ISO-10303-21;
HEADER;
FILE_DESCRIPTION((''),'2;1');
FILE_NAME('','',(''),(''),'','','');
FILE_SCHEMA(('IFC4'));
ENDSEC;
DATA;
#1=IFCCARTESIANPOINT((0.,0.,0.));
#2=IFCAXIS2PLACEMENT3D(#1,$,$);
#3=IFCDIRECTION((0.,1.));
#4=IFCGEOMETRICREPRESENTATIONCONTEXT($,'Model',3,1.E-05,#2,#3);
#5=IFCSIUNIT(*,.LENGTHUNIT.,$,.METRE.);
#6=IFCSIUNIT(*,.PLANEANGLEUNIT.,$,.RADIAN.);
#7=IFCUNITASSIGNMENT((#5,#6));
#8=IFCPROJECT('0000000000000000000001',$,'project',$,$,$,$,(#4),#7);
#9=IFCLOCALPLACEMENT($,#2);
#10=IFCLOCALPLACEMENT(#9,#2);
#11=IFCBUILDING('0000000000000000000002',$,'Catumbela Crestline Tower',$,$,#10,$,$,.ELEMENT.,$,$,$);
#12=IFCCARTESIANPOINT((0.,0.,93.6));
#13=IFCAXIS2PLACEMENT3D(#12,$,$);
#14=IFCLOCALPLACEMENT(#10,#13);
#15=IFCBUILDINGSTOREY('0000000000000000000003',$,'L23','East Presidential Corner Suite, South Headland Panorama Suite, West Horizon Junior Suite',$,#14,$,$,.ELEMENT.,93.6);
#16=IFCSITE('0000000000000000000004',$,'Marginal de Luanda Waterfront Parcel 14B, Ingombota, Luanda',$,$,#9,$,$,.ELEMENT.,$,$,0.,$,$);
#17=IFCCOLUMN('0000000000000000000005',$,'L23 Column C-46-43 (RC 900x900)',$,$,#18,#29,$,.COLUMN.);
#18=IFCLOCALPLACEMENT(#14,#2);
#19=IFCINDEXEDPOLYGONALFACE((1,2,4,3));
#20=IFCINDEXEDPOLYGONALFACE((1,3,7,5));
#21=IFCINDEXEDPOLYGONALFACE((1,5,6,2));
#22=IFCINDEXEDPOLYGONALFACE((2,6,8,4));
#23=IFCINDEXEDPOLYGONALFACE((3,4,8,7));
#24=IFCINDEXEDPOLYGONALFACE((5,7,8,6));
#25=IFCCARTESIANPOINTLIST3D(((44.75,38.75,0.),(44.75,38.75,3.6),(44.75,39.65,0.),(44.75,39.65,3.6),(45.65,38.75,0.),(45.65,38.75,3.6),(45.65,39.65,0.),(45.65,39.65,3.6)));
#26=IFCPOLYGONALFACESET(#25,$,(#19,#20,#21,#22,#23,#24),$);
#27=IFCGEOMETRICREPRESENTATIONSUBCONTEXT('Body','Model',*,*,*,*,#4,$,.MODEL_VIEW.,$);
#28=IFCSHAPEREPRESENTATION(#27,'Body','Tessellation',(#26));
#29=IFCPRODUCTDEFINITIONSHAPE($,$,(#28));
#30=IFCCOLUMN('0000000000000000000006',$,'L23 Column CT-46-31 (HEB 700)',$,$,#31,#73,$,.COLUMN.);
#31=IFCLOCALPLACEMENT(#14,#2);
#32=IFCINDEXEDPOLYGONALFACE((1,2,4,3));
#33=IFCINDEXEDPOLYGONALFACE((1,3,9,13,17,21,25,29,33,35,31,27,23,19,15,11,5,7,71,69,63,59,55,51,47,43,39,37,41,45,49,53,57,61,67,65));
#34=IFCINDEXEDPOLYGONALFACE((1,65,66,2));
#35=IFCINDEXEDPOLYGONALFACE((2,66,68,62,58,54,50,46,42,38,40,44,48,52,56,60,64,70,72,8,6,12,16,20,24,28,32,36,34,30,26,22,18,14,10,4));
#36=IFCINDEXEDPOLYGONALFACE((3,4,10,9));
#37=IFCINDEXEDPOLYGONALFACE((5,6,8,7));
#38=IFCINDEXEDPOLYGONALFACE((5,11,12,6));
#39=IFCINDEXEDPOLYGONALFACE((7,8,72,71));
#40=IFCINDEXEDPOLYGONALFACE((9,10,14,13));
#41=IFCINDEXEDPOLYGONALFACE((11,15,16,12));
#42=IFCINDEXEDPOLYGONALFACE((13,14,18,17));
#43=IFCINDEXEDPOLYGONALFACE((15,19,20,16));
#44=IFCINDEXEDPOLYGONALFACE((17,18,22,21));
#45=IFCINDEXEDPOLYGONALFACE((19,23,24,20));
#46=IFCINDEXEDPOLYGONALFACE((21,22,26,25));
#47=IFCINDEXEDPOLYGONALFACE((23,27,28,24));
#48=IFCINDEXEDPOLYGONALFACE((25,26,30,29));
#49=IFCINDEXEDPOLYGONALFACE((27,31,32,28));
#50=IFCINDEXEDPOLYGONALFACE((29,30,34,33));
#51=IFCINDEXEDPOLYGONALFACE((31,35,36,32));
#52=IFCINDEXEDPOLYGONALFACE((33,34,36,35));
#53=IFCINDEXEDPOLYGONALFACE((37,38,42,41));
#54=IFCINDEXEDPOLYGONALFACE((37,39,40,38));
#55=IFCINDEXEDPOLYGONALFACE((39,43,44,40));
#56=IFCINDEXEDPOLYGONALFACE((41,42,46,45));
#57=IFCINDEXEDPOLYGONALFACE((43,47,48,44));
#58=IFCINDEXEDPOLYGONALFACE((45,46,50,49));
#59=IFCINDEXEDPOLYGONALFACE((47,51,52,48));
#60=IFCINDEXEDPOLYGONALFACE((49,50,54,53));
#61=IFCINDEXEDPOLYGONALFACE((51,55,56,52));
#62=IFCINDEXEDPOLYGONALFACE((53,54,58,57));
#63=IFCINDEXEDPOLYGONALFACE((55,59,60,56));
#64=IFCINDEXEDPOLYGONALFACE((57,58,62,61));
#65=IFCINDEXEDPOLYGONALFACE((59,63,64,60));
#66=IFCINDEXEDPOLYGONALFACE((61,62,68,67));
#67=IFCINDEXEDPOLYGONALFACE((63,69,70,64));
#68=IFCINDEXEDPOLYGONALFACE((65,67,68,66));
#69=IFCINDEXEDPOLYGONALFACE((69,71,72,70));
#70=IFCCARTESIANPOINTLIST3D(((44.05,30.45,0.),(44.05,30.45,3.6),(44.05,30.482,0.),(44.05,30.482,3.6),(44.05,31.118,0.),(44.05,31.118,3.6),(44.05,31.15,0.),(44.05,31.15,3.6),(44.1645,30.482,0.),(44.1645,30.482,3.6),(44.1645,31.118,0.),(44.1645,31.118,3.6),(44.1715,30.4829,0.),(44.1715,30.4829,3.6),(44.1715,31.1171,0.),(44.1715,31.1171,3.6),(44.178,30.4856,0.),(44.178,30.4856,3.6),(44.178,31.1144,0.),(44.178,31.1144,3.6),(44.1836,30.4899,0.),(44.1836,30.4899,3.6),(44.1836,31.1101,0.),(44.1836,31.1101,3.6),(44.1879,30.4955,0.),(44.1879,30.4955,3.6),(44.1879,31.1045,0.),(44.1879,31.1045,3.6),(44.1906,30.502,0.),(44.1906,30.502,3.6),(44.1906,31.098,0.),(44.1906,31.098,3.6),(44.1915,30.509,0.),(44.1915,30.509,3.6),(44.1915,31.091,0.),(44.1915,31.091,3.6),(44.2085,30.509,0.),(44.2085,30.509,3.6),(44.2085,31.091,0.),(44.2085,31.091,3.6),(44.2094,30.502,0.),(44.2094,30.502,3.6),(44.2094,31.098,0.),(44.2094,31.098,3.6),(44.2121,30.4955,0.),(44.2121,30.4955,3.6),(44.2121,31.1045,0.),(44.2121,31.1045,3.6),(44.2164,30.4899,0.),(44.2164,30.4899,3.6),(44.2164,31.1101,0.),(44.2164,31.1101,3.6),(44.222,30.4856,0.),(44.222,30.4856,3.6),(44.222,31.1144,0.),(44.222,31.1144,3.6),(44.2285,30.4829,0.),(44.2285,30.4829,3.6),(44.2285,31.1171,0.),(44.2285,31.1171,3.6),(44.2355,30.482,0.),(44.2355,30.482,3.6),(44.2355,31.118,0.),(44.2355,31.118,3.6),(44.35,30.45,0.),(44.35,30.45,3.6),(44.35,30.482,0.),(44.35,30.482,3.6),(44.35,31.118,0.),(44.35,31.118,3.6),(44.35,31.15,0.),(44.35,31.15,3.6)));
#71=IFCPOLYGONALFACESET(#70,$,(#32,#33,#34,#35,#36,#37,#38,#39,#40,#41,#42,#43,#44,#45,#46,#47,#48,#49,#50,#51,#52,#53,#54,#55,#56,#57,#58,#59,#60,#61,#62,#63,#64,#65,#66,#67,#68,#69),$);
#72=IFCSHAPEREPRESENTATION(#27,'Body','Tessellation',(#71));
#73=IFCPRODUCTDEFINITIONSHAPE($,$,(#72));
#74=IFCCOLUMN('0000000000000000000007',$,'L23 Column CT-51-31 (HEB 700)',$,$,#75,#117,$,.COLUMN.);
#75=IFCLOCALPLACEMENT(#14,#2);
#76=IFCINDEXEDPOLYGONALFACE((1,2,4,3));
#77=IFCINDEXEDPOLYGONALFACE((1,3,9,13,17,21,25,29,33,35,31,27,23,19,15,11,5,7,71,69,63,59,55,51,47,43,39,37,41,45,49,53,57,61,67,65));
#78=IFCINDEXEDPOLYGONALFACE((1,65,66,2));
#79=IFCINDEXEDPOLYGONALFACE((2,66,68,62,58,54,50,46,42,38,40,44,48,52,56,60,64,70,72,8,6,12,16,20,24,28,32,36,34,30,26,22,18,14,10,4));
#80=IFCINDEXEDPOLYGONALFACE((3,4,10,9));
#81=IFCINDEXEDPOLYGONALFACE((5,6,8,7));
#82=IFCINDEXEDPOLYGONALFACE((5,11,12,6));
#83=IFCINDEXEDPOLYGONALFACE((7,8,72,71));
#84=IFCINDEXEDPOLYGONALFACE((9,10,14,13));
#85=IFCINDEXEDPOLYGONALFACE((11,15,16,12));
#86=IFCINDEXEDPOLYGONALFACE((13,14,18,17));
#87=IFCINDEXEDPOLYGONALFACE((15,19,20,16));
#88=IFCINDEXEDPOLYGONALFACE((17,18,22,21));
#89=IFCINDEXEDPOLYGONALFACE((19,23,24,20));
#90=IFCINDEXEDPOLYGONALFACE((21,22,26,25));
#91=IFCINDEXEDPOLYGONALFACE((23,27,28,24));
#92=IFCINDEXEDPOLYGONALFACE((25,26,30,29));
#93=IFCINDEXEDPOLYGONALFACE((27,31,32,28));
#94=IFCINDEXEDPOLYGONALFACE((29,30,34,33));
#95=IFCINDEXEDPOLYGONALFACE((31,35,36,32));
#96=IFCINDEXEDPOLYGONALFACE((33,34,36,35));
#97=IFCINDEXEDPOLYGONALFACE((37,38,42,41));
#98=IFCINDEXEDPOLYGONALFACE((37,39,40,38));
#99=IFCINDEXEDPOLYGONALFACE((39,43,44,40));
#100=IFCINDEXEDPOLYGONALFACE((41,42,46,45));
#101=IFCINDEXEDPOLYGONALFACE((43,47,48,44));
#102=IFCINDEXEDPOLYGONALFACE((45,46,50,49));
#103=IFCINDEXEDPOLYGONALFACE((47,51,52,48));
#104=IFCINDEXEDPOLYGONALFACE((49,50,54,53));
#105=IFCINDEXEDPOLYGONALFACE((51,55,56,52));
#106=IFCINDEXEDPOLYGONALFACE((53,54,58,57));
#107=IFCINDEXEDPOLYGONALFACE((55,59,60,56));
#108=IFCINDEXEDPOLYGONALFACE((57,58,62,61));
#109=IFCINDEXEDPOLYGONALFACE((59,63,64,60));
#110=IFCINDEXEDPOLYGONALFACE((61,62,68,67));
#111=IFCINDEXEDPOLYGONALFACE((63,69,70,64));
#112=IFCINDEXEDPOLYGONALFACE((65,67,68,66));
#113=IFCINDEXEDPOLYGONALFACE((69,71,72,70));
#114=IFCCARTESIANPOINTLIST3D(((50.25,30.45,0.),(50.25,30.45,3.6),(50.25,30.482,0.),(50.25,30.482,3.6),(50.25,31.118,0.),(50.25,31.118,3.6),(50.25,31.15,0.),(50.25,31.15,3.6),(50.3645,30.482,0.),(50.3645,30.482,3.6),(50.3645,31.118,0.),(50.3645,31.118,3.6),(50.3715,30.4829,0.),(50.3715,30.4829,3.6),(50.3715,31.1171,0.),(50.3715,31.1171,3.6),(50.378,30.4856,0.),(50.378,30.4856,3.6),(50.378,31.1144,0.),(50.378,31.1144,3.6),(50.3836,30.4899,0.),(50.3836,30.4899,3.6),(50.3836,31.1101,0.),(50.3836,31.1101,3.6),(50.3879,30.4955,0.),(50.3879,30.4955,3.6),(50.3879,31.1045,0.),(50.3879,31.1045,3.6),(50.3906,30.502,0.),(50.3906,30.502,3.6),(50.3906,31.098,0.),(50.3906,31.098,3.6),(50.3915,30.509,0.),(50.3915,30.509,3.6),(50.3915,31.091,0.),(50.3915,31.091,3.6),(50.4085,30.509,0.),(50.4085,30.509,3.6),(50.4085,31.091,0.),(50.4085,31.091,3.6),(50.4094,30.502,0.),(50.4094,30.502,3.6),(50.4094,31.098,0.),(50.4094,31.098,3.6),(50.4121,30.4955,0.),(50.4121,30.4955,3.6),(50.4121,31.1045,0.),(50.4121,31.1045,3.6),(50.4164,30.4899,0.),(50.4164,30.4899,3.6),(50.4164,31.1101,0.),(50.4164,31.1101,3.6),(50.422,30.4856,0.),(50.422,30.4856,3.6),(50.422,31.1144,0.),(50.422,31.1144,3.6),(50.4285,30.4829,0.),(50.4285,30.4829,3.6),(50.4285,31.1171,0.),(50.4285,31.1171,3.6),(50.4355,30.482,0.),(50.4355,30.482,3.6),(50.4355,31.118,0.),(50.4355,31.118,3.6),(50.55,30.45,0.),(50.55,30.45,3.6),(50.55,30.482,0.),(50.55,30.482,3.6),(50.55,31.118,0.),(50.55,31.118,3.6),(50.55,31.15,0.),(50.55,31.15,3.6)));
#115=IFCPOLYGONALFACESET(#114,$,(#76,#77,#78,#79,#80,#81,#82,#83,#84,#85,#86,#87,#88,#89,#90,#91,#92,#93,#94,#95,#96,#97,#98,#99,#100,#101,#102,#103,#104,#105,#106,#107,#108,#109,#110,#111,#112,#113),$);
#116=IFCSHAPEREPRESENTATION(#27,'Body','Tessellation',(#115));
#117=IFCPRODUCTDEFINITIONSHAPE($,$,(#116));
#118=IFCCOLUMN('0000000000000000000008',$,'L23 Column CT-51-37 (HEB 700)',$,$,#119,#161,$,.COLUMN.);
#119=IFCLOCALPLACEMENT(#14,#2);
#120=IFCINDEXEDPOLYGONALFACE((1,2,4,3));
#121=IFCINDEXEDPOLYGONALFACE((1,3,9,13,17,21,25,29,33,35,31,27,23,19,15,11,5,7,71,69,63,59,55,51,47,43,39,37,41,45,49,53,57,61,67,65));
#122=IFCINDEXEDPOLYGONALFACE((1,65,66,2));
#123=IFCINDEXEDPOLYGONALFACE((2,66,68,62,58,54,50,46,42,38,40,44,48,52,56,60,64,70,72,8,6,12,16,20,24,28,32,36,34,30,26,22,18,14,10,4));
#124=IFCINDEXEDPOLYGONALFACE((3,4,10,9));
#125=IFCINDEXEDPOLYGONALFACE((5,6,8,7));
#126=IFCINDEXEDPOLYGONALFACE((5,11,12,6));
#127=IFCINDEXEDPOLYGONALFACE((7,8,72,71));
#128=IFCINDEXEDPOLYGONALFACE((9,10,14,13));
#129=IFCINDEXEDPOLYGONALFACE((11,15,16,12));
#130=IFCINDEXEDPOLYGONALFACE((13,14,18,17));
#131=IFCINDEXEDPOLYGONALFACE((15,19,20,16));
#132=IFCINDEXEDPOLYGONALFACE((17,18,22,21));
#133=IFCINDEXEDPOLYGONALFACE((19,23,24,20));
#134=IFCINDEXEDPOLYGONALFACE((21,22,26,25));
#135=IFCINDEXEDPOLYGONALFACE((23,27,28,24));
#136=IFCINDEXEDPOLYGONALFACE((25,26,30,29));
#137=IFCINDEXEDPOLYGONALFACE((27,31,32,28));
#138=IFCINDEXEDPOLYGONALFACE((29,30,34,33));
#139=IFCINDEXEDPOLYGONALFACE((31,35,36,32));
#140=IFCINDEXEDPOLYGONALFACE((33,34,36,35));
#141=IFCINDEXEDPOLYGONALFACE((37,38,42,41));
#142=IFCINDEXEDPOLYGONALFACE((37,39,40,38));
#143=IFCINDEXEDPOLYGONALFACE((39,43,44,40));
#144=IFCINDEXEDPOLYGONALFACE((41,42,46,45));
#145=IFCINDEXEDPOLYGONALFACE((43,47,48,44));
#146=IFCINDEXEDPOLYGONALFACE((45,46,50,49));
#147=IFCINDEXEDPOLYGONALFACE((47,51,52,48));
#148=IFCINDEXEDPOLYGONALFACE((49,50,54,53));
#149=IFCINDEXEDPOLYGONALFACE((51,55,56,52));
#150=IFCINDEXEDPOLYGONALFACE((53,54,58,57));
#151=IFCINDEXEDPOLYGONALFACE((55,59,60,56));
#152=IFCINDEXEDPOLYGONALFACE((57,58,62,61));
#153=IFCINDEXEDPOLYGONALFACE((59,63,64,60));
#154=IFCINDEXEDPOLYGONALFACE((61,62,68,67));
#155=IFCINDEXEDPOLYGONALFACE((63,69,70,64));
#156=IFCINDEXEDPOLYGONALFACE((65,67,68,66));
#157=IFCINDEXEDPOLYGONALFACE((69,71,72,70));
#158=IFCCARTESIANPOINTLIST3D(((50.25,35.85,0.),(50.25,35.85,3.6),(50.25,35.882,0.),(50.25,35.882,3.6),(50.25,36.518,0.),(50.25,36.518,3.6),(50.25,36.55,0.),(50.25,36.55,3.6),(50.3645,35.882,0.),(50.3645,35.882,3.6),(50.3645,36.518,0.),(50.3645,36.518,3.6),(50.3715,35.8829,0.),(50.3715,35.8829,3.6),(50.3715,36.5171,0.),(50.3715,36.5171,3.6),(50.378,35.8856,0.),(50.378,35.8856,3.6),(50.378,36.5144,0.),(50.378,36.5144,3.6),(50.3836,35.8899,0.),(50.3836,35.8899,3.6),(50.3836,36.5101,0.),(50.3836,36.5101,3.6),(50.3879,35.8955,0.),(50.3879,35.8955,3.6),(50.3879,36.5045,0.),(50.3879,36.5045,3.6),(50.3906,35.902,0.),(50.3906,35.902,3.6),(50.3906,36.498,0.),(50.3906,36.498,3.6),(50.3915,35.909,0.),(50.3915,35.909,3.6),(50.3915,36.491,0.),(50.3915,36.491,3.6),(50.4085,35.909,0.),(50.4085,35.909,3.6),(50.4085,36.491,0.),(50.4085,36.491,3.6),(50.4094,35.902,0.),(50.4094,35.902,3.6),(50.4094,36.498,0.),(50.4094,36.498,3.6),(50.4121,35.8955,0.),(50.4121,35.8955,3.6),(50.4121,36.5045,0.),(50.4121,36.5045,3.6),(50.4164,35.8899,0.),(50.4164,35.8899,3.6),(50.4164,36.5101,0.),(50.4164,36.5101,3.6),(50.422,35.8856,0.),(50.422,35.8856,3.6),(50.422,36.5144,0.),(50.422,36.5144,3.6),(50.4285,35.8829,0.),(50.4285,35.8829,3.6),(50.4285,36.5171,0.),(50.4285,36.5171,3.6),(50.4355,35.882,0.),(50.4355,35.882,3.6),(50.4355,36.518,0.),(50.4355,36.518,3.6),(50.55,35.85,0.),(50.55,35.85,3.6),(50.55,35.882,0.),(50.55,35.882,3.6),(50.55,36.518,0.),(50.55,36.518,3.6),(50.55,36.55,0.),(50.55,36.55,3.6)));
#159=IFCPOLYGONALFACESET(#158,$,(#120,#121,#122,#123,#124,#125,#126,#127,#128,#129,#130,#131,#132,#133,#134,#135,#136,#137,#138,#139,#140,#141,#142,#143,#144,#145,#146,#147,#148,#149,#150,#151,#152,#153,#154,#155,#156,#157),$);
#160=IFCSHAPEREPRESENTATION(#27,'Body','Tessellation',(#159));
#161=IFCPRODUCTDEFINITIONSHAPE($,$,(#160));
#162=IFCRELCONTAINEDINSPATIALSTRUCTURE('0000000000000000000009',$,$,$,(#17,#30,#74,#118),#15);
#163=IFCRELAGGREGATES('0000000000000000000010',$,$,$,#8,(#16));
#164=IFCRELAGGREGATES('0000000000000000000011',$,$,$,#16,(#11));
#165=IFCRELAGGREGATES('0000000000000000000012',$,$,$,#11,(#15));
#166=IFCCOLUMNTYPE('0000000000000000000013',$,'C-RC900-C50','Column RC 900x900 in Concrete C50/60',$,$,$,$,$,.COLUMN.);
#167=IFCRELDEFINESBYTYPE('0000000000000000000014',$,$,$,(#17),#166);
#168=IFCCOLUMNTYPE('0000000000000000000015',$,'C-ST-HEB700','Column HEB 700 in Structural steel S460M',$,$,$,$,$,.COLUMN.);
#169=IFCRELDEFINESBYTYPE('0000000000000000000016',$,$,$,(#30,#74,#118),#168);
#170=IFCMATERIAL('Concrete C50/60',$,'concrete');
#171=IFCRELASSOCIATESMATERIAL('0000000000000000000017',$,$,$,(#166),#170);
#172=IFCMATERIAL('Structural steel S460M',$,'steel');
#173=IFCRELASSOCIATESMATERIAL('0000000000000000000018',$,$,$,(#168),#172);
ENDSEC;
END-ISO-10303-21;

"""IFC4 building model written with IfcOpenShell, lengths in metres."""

from ifc_helpers import new_model, si_unit, direction, frame, origin, origin_2d, place, context, subcontext, project, spatial, rectangle, i_section, extrude, material, material_profile, profile_set, type_object, element, save


model = new_model("IFC4")

# Units and contexts
model_context = context("Model", 3, precision=1e-05, world=origin(), true_north=direction((0.0, 1.0)))
body_context = subcontext(model_context, "Body", "Model", "MODEL_VIEW")
ifc_project = project(units=[si_unit("LENGTHUNIT", "METRE"), si_unit("PLANEANGLEUNIT", "RADIAN")], contexts=[model_context])

# Site, building, storey
site_placement = place(None, origin())
site = spatial("IfcSite", under=ifc_project, at=site_placement, Name="Marginal de Luanda Waterfront Parcel 14B, Ingombota, Luanda", CompositionType="ELEMENT", RefElevation=0.0)
building_placement = place(site_placement, origin())
building = spatial("IfcBuilding", under=site, at=building_placement, Name="Catumbela Crestline Tower", CompositionType="ELEMENT")
storey_placement = place(building_placement, frame((0.0, 0.0, 93.6)))
storey = spatial("IfcBuildingStorey", under=building, at=storey_placement, Name="L23", Description="East Presidential Corner Suite, South Headland Panorama Suite, West Horizon Junior Suite", CompositionType="ELEMENT", Elevation=93.6)

# Columns
ifc_material_1 = material(Name="Concrete C50/60", Category="concrete")
ifc_material_profile_1 = material_profile(ifc_material_1, rectangle(XDim=0.9, YDim=0.9, at=origin_2d()), Name="RC 900x900")
ifc_profile_set_1 = profile_set([ifc_material_profile_1], Name="Concrete C50/60")
column_type_1 = type_object("IfcColumnType", Name="C-RC900-C50", Description="Column RC 900x900 in Concrete C50/60", PredefinedType="COLUMN", material=ifc_profile_set_1)
column_placement = place(storey_placement, frame((45.2, 39.2, 0.0), z_axis=(0.0, 0.0, 1.0), x_axis=(1.0, 0.0, 0.0)))
element("IfcColumn", 1, at=column_placement, inside=storey, type_object=column_type_1, Name="L23 Column C-46-43 (RC 900x900)", PredefinedType="COLUMN", context=body_context, shape_type="SweptSolid", body=[
    extrude(rectangle(XDim=0.9, YDim=0.9, at=origin_2d()), origin(), (0.0, 0.0, 1.0), 3.6),
])
ifc_material_2 = material(Name="Structural steel S460M", Category="steel")
ifc_material_profile_2 = material_profile(ifc_material_2, i_section(OverallWidth=0.3, OverallDepth=0.7, WebThickness=0.017, FlangeThickness=0.032, FilletRadius=0.027, at=origin_2d()), Name="HEB 700")
ifc_profile_set_2 = profile_set([ifc_material_profile_2], Name="Structural steel S460M")
column_type_2 = type_object("IfcColumnType", Name="C-ST-HEB700", Description="Column HEB 700 in Structural steel S460M", PredefinedType="COLUMN", material=ifc_profile_set_2)
for number, where, z_axis, x_axis, name in (
    (2, (44.2, 30.8, 0.0), (0.0, 0.0, 1.0), (1.0, 0.0, 0.0), "L23 Column CT-46-31 (HEB 700)"),
    (3, (50.4, 30.8, 0.0), (0.0, 0.0, 1.0), (1.0, 0.0, 0.0), "L23 Column CT-51-31 (HEB 700)"),
    (4, (50.4, 36.2, 0.0), (0.0, 0.0, 1.0), (1.0, 0.0, 0.0), "L23 Column CT-51-37 (HEB 700)"),
):
    element("IfcColumn", number, at=place(storey_placement, frame(where, z_axis=z_axis, x_axis=x_axis)), inside=storey, type_object=column_type_2, Name=name, PredefinedType="COLUMN", context=body_context, shape_type="SweptSolid", body=[
        extrude(i_section(OverallWidth=0.3, OverallDepth=0.7, WebThickness=0.017, FlangeThickness=0.032, FilletRadius=0.027, at=origin_2d()), origin(), (0.0, 0.0, 1.0), 3.6),
    ])

save(model, "model.ifc")
